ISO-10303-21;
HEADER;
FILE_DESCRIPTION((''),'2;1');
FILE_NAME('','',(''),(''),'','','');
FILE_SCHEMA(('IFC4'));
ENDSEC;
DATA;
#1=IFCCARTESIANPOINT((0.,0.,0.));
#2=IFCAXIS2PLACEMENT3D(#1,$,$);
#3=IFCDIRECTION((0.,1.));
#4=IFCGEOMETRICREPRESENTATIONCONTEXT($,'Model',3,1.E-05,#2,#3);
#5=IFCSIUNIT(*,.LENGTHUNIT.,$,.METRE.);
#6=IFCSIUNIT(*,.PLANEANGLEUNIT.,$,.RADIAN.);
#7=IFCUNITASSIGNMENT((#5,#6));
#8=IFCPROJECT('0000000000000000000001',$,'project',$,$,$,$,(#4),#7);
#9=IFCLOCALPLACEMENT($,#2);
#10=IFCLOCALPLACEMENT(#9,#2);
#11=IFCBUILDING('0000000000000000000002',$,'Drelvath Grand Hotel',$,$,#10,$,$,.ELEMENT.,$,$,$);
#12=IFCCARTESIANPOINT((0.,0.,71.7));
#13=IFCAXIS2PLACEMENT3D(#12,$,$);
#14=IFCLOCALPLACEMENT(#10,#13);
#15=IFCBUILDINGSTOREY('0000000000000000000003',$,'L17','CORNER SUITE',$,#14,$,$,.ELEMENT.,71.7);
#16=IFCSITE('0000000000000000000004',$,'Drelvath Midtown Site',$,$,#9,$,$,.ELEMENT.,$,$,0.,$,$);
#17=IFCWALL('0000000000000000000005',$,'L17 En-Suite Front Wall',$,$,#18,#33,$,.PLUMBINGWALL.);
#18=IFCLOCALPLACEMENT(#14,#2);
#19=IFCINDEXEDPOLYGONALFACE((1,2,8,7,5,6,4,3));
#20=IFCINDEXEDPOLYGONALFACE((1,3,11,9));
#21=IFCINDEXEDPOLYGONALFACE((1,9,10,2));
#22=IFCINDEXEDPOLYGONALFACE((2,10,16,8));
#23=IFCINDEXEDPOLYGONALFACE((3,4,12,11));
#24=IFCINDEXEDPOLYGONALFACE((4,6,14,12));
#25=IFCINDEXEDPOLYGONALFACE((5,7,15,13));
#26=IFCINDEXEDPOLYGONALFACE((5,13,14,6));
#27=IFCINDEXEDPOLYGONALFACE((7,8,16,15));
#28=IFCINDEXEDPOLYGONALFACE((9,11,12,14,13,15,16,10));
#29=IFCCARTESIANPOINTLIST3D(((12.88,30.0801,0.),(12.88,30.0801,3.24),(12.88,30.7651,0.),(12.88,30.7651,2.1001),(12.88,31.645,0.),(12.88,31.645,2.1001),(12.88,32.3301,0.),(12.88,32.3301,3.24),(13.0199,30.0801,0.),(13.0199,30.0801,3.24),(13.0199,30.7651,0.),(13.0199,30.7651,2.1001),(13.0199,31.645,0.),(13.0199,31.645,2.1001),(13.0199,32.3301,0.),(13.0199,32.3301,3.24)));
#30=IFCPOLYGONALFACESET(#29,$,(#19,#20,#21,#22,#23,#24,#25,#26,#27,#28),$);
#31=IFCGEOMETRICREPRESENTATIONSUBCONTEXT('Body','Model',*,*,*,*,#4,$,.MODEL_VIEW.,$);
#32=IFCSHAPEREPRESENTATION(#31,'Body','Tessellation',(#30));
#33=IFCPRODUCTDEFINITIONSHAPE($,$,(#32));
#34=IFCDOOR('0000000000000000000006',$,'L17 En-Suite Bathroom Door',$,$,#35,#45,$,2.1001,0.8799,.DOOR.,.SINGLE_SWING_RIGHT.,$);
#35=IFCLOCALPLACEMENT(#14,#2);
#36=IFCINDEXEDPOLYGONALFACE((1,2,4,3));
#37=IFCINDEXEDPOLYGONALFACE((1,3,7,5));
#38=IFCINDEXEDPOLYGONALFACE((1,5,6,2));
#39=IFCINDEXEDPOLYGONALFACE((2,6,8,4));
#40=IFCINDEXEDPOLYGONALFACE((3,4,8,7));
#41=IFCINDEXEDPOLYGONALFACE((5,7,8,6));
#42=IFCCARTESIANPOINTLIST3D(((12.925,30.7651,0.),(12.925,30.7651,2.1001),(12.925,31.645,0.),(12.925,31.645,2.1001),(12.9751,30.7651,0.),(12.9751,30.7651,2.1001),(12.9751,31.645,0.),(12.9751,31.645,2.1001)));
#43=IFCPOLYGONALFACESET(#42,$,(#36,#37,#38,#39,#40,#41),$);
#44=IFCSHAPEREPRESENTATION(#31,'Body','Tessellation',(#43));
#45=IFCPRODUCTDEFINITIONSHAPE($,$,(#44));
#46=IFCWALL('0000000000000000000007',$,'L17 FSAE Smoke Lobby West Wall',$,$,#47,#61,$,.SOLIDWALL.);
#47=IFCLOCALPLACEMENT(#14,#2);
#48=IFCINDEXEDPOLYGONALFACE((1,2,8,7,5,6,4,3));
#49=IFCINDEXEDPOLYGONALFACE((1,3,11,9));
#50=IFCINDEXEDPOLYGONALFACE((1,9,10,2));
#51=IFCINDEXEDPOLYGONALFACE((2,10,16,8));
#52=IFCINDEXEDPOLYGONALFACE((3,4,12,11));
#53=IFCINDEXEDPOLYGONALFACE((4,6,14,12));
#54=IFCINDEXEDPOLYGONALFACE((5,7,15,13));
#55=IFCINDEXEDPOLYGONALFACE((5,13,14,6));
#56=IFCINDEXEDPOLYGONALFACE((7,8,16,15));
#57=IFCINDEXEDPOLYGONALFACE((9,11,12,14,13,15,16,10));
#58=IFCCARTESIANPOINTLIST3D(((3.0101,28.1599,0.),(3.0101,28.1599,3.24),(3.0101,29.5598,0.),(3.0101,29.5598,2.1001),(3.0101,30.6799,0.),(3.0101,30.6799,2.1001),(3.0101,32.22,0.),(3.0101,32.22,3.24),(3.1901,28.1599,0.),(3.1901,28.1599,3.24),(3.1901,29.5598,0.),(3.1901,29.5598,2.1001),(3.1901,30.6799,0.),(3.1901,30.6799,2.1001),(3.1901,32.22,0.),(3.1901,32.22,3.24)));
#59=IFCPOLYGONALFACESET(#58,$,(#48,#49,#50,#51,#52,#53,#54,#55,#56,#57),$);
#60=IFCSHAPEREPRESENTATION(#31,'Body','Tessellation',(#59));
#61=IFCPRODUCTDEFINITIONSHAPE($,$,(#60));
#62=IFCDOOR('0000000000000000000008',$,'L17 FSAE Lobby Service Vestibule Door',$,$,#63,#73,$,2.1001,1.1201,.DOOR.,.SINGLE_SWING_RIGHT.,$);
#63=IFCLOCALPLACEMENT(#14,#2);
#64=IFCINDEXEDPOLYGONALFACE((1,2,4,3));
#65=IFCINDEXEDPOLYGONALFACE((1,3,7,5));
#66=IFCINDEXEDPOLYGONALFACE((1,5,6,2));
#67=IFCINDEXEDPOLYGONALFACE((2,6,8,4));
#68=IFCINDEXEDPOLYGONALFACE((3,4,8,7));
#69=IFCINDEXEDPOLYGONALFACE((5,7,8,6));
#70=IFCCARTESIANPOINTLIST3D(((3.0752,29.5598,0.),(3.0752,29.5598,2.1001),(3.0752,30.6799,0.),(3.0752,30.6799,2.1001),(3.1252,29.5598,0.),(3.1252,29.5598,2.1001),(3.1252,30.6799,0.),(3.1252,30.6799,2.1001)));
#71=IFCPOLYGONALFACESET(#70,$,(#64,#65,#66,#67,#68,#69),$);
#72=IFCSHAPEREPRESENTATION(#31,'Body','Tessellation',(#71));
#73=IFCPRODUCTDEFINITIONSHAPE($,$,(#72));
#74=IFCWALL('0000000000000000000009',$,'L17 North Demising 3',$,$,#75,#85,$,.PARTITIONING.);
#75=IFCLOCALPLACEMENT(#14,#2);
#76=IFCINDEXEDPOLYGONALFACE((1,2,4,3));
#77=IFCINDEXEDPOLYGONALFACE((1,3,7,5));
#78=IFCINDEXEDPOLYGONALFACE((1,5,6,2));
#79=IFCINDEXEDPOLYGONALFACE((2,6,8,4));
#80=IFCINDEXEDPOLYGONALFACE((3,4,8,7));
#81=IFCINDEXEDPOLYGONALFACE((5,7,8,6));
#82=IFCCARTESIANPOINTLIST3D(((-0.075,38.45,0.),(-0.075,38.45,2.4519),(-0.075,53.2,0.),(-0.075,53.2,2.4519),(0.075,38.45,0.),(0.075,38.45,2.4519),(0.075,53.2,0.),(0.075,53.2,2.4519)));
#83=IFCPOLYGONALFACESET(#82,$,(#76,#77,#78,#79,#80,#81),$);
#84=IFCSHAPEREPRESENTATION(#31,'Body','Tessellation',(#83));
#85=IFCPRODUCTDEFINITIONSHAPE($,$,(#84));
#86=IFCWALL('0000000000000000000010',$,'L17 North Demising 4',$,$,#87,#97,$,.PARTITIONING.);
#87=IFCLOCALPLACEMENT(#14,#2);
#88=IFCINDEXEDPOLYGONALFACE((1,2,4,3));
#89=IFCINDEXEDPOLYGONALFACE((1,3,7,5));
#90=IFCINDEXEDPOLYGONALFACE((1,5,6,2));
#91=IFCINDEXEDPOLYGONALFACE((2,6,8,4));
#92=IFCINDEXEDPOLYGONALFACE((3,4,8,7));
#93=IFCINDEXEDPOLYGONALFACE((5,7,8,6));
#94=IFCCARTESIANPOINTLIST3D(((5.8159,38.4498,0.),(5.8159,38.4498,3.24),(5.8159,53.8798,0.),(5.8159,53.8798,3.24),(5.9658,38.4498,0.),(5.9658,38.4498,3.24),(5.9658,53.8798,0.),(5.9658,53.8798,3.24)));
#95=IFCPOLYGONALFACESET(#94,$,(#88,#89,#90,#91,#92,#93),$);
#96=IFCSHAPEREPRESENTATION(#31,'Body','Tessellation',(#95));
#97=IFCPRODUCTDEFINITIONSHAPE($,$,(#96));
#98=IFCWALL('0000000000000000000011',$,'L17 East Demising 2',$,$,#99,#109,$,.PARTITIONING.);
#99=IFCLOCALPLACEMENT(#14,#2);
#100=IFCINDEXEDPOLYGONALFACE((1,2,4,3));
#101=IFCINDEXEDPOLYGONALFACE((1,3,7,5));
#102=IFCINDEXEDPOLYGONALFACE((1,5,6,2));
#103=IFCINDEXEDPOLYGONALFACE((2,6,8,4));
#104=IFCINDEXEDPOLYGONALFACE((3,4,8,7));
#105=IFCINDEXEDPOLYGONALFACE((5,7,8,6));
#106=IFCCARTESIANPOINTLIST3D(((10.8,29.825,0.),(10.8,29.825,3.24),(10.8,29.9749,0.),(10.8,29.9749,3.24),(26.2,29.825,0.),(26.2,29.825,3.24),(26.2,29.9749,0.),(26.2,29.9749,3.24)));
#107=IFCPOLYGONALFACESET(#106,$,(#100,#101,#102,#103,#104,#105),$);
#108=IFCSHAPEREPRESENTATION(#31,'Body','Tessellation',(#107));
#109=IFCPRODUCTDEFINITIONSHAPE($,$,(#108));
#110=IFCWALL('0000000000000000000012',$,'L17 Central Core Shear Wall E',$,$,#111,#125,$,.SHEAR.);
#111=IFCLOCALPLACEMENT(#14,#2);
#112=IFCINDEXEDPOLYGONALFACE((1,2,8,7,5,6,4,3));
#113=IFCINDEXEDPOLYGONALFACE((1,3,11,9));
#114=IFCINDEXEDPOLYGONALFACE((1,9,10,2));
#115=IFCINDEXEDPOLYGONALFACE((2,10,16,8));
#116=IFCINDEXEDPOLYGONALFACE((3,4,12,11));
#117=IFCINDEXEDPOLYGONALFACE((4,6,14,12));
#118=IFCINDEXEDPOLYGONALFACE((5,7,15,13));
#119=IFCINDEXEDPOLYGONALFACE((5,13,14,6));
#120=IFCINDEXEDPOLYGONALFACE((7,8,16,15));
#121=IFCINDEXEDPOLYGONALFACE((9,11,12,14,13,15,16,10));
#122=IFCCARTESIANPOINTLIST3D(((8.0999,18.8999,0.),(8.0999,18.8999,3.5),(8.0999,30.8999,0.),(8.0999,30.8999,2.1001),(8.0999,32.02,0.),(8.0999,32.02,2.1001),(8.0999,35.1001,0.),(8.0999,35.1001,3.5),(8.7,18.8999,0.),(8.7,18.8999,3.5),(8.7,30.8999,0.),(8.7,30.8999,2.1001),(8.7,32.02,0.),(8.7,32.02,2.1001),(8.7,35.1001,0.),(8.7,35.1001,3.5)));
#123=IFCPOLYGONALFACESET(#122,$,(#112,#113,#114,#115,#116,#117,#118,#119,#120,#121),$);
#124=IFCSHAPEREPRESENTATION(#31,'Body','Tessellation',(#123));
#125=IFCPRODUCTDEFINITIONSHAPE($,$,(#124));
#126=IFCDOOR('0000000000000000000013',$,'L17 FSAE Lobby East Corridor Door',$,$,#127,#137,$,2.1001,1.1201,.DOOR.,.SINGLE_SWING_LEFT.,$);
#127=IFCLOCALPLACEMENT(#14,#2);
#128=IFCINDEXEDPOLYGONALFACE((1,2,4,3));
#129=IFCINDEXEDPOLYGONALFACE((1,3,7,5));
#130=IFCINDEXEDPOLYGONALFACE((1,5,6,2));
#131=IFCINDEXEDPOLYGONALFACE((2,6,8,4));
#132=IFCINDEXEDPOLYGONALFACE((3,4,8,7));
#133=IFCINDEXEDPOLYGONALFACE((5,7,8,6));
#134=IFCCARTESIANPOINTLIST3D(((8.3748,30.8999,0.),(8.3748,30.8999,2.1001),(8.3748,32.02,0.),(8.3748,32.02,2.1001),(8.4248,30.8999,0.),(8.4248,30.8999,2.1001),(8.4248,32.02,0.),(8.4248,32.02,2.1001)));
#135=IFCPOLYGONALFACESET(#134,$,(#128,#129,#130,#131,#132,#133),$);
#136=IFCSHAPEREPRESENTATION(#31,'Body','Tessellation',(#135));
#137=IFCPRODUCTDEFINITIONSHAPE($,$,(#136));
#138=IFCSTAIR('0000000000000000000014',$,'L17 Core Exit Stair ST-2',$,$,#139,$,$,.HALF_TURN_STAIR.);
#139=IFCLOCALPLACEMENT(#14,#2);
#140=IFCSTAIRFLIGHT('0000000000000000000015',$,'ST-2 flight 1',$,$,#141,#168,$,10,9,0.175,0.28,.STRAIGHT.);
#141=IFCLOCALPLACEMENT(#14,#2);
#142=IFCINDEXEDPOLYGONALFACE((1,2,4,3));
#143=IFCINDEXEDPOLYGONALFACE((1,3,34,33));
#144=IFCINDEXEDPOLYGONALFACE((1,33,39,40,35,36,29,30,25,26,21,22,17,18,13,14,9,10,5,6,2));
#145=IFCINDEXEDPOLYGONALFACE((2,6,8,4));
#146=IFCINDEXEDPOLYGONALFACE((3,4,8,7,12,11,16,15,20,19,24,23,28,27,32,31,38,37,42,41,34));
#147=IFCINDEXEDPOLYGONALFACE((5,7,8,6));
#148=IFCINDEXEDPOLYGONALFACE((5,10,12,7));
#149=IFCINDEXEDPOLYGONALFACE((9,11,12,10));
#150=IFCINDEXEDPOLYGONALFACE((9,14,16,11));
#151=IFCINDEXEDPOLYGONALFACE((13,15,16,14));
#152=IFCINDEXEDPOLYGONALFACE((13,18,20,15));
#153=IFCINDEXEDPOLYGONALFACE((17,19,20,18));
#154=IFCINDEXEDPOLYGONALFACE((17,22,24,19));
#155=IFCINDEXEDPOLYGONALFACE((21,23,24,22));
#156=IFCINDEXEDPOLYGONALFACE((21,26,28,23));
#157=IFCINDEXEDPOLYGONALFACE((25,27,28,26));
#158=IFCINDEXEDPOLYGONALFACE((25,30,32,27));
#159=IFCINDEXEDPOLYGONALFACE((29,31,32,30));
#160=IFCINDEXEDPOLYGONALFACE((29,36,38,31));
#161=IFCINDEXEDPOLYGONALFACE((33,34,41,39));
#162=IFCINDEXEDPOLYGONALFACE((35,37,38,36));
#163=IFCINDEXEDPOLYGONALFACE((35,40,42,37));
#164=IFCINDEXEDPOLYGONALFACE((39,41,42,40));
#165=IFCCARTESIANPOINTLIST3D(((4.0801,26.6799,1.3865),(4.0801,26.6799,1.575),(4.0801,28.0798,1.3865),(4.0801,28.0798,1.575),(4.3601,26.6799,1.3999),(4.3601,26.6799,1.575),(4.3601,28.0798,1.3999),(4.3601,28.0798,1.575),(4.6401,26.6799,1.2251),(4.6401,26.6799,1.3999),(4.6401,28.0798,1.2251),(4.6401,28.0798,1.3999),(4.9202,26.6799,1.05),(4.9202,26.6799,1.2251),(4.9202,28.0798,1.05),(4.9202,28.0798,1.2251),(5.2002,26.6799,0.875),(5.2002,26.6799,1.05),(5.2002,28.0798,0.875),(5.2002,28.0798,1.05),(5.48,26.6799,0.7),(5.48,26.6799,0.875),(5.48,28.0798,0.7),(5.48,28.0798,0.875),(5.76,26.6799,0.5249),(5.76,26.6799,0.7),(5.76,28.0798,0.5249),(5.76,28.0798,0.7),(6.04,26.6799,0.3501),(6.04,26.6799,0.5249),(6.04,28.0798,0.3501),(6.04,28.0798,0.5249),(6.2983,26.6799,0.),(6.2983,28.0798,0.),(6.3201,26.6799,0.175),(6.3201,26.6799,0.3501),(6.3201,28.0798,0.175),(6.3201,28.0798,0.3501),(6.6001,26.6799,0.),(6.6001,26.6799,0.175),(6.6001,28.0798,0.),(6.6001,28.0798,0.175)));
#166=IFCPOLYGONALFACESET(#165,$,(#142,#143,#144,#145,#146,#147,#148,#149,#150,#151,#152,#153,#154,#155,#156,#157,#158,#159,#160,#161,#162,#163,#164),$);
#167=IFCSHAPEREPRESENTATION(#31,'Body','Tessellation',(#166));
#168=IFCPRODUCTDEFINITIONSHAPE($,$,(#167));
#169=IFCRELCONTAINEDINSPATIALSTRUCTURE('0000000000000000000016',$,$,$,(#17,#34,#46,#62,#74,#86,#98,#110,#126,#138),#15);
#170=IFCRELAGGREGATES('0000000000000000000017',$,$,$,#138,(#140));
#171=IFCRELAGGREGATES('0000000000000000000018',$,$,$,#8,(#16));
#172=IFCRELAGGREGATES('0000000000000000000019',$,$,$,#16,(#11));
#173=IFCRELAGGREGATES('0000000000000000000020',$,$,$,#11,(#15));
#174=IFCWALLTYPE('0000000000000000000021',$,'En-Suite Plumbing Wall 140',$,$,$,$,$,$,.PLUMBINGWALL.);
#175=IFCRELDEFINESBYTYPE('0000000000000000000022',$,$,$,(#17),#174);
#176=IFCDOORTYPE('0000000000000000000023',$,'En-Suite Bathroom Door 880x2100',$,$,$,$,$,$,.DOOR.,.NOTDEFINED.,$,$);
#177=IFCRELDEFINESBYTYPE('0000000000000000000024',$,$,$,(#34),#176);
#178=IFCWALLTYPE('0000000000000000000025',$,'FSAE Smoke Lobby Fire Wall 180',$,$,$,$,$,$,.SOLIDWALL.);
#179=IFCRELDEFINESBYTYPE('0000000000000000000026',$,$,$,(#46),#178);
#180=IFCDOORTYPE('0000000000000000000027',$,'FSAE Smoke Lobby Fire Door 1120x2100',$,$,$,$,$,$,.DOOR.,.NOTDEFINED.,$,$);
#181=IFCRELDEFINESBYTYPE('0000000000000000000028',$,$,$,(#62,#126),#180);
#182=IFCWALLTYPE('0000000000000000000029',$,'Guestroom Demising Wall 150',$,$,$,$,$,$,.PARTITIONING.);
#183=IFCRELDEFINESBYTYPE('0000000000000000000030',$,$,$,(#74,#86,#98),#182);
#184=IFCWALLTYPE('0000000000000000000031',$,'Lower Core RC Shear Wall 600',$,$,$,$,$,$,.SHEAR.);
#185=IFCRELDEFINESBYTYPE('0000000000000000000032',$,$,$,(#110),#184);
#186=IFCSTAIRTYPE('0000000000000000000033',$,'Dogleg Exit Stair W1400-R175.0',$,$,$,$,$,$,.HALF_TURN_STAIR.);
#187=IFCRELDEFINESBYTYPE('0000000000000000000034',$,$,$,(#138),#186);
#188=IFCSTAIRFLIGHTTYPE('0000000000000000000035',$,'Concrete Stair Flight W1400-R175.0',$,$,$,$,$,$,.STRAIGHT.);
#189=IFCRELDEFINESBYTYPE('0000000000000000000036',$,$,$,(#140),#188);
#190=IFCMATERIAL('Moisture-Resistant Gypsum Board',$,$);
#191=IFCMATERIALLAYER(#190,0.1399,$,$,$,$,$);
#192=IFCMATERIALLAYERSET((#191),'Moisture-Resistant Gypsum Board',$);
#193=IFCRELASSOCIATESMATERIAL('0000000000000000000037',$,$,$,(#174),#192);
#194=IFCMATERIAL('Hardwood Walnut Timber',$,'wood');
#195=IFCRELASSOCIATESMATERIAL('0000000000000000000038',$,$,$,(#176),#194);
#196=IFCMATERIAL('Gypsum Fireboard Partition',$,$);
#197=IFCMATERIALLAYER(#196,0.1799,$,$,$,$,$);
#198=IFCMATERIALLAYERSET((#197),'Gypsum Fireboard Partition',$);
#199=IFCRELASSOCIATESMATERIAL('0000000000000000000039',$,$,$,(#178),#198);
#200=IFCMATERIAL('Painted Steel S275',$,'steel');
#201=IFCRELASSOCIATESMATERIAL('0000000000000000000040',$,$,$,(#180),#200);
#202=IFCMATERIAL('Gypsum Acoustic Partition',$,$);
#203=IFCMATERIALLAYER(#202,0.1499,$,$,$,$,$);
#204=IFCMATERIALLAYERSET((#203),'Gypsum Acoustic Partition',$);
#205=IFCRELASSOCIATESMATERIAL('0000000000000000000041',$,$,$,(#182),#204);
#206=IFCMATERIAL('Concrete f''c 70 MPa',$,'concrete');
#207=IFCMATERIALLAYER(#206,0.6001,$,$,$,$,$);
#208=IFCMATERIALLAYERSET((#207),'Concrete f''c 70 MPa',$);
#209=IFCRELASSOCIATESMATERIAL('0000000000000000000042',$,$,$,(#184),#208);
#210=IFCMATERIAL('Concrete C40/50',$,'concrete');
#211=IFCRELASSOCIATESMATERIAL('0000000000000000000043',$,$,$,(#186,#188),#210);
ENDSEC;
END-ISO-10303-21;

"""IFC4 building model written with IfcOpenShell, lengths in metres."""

from ifc_helpers import new_model, si_unit, direction, frame, frame_2d, origin, place, context, subcontext, project, spatial, polyline, rectangle, outline, extrude, material, layer, layer_set, type_object, element, fill, aggregate, save


model = new_model("IFC4")

# Units and contexts
model_context = context("Model", 3, precision=1e-05, world=origin(), true_north=direction((0.0, 1.0)))
body_context = subcontext(model_context, "Body", "Model", "MODEL_VIEW")
ifc_project = project(units=[si_unit("LENGTHUNIT", "METRE"), si_unit("PLANEANGLEUNIT", "RADIAN")], contexts=[model_context])

# Site, building, storey
site_placement = place(None, origin())
site = spatial("IfcSite", under=ifc_project, at=site_placement, Name="Drelvath Midtown Site", CompositionType="ELEMENT", RefElevation=0.0)
building_placement = place(site_placement, origin())
building = spatial("IfcBuilding", under=site, at=building_placement, Name="Drelvath Grand Hotel", CompositionType="ELEMENT")
storey_placement = place(building_placement, frame((0.0, 0.0, 71.7)))
storey = spatial("IfcBuildingStorey", under=building, at=storey_placement, Name="L17", Description="CORNER SUITE", CompositionType="ELEMENT", Elevation=71.7)

# Shared definitions
ifc_material_1 = material(Name="Concrete f'c 70 MPa", Category="concrete")

# Shared definitions
ifc_material_2 = material(Name="Concrete C40/50", Category="concrete")

# Shared definitions
ifc_material_3 = material(Name="Painted Steel S275", Category="steel")

# Shared definitions
ifc_material_4 = material(Name="Gypsum Fireboard Partition")
ifc_material_5 = material(Name="Moisture-Resistant Gypsum Board")
ifc_layer_1 = layer(ifc_material_5, 0.1399)
ifc_layer_set_1 = layer_set([ifc_layer_1], Name="Moisture-Resistant Gypsum Board")
wall_type_1 = type_object("IfcWallType", Name="En-Suite Plumbing Wall 140", PredefinedType="PLUMBINGWALL", material=ifc_layer_set_1)

# Walls, openings, doors
wall_1_placement = place(storey_placement, frame((12.95, 30.0801, 0.0), z_axis=(0.0, 0.0, 1.0), x_axis=(0.0, 1.0, 0.0)))
wall_1 = element("IfcWall", 1, at=wall_1_placement, inside=storey, type_object=wall_type_1, Name="L17 En-Suite Front Wall", PredefinedType="PLUMBINGWALL", context=body_context, shape_type="SweptSolid", body=[
    extrude(rectangle(XDim=2.25, YDim=0.1399, at=frame_2d((1.125, 0.0))), origin(), (0.0, 0.0, 1.0), 3.24),
])
opening_1_placement = place(wall_1_placement, frame((0.6851, 0.0, 0.0)))
opening_1 = element("IfcOpeningElement", 2, at=opening_1_placement, cuts=wall_1, PredefinedType="OPENING", context=body_context, shape_type="SweptSolid", body=[
    extrude(rectangle(XDim=0.8799, YDim=2.1001, at=frame_2d((0.4399, 1.05))), frame((0.0, 0.0798, 0.0), z_axis=(0.0, -1.0, 0.0), x_axis=(1.0, 0.0, 0.0)), (0.0, 0.0, 1.0), 0.1599),
])
ifc_material_6 = material(Name="Hardwood Walnut Timber", Category="wood")
door_type_1 = type_object("IfcDoorType", Name="En-Suite Bathroom Door 880x2100", OperationType="NOTDEFINED", PredefinedType="DOOR", material=ifc_material_6)
door_1_placement = place(opening_1_placement, origin())
door_1 = element("IfcDoor", 3, at=door_1_placement, inside=storey, type_object=door_type_1, Name="L17 En-Suite Bathroom Door", OperationType="SINGLE_SWING_RIGHT", OverallHeight=2.1001, OverallWidth=0.8799, PredefinedType="DOOR", context=body_context, shape_type="SweptSolid", body=[
    extrude(rectangle(XDim=0.8799, YDim=2.1001, at=frame_2d((0.4399, 1.05))), frame((0.0, 0.0249, 0.0), z_axis=(0.0, -1.0, 0.0), x_axis=(1.0, 0.0, 0.0)), (0.0, 0.0, 1.0), 0.05),
])
fill(opening_1, door_1)
ifc_layer_2 = layer(ifc_material_4, 0.1799)
ifc_layer_set_2 = layer_set([ifc_layer_2], Name="Gypsum Fireboard Partition")
wall_type_2 = type_object("IfcWallType", Name="FSAE Smoke Lobby Fire Wall 180", PredefinedType="SOLIDWALL", material=ifc_layer_set_2)
wall_2_placement = place(storey_placement, frame((3.1001, 28.1599, 0.0), z_axis=(0.0, 0.0, 1.0), x_axis=(0.0, 1.0, 0.0)))
wall_2 = element("IfcWall", 4, at=wall_2_placement, inside=storey, type_object=wall_type_2, Name="L17 FSAE Smoke Lobby West Wall", PredefinedType="SOLIDWALL", context=body_context, shape_type="SweptSolid", body=[
    extrude(rectangle(XDim=4.0601, YDim=0.1799, at=frame_2d((2.03, 0.0))), origin(), (0.0, 0.0, 1.0), 3.24),
])
opening_2_placement = place(wall_2_placement, frame((1.3999, 0.0, 0.0)))
opening_2 = element("IfcOpeningElement", 5, at=opening_2_placement, cuts=wall_2, PredefinedType="OPENING", context=body_context, shape_type="SweptSolid", body=[
    extrude(rectangle(XDim=1.1201, YDim=2.1001, at=frame_2d((0.5601, 1.05))), frame((0.0, 0.0999, 0.0), z_axis=(0.0, -1.0, 0.0), x_axis=(1.0, 0.0, 0.0)), (0.0, 0.0, 1.0), 0.2),
])
door_type_2 = type_object("IfcDoorType", Name="FSAE Smoke Lobby Fire Door 1120x2100", OperationType="NOTDEFINED", PredefinedType="DOOR", material=ifc_material_3)
door_2_placement = place(opening_2_placement, origin())
door_2 = element("IfcDoor", 6, at=door_2_placement, inside=storey, type_object=door_type_2, Name="L17 FSAE Lobby Service Vestibule Door", OperationType="SINGLE_SWING_RIGHT", OverallHeight=2.1001, OverallWidth=1.1201, PredefinedType="DOOR", context=body_context, shape_type="SweptSolid", body=[
    extrude(rectangle(XDim=1.1201, YDim=2.1001, at=frame_2d((0.5601, 1.05))), frame((0.0, 0.0249, 0.0), z_axis=(0.0, -1.0, 0.0), x_axis=(1.0, 0.0, 0.0)), (0.0, 0.0, 1.0), 0.05),
])
fill(opening_2, door_2)

# Walls
ifc_material_7 = material(Name="Gypsum Acoustic Partition")
ifc_layer_3 = layer(ifc_material_7, 0.1499)
ifc_layer_set_3 = layer_set([ifc_layer_3], Name="Gypsum Acoustic Partition")
wall_type_3 = type_object("IfcWallType", Name="Guestroom Demising Wall 150", PredefinedType="PARTITIONING", material=ifc_layer_set_3)
wall_3_placement = place(storey_placement, frame((0.0, 38.45, 0.0), z_axis=(0.0, 0.0, 1.0), x_axis=(0.0, 1.0, 0.0)))
element("IfcWall", 7, at=wall_3_placement, inside=storey, type_object=wall_type_3, Name="L17 North Demising 3", PredefinedType="PARTITIONING", context=body_context, shape_type="SweptSolid", body=[
    extrude(rectangle(XDim=14.75, YDim=0.1499, at=frame_2d((7.375, 0.0))), origin(), (0.0, 0.0, 1.0), 2.4519),
])
wall_4_placement = place(storey_placement, frame((5.8909, 38.45, 0.0), z_axis=(0.0, 0.0, 1.0), x_axis=(0.0, 1.0, 0.0)))
element("IfcWall", 8, at=wall_4_placement, inside=storey, type_object=wall_type_3, Name="L17 North Demising 4", PredefinedType="PARTITIONING", context=body_context, shape_type="SweptSolid", body=[
    extrude(rectangle(XDim=15.4299, YDim=0.1499, at=frame_2d((7.7148, 0.0))), origin(), (0.0, 0.0, 1.0), 3.24),
])
wall_5_placement = place(storey_placement, frame((10.8, 29.8999, 0.0), z_axis=(0.0, 0.0, 1.0), x_axis=(1.0, 0.0, 0.0)))
element("IfcWall", 9, at=wall_5_placement, inside=storey, type_object=wall_type_3, Name="L17 East Demising 2", PredefinedType="PARTITIONING", context=body_context, shape_type="SweptSolid", body=[
    extrude(rectangle(XDim=15.3999, YDim=0.1499, at=frame_2d((7.7, 0.0))), origin(), (0.0, 0.0, 1.0), 3.24),
])

# Wall, opening, door
ifc_layer_4 = layer(ifc_material_1, 0.6001)
ifc_layer_set_4 = layer_set([ifc_layer_4], Name="Concrete f'c 70 MPa")
wall_type_4 = type_object("IfcWallType", Name="Lower Core RC Shear Wall 600", PredefinedType="SHEAR", material=ifc_layer_set_4)
wall_6_placement = place(storey_placement, frame((8.3999, 35.1001, 0.0), z_axis=(0.0, 0.0, 1.0), x_axis=(0.0, -1.0, 0.0)))
wall_6 = element("IfcWall", 10, at=wall_6_placement, inside=storey, type_object=wall_type_4, Name="L17 Central Core Shear Wall E", PredefinedType="SHEAR", context=body_context, shape_type="SweptSolid", body=[
    extrude(rectangle(XDim=16.2002, YDim=0.6001, at=frame_2d((8.1001, 0.0))), origin(), (0.0, 0.0, 1.0), 3.5),
])
opening_3_placement = place(wall_6_placement, frame((3.0801, 0.0, 0.0)))
opening_3 = element("IfcOpeningElement", 11, at=opening_3_placement, cuts=wall_6, PredefinedType="OPENING", context=body_context, shape_type="SweptSolid", body=[
    extrude(rectangle(XDim=1.1201, YDim=2.1001, at=frame_2d((0.5601, 1.05))), frame((0.0, 0.3101, 0.0), z_axis=(0.0, -1.0, 0.0), x_axis=(1.0, 0.0, 0.0)), (0.0, 0.0, 1.0), 0.6201),
])
door_3_placement = place(opening_3_placement, origin())
door_3 = element("IfcDoor", 12, at=door_3_placement, inside=storey, type_object=door_type_2, Name="L17 FSAE Lobby East Corridor Door", OperationType="SINGLE_SWING_LEFT", OverallHeight=2.1001, OverallWidth=1.1201, PredefinedType="DOOR", context=body_context, shape_type="SweptSolid", body=[
    extrude(rectangle(XDim=1.1201, YDim=2.1001, at=frame_2d((0.5601, 1.05))), frame((0.0, 0.0249, 0.0), z_axis=(0.0, -1.0, 0.0), x_axis=(1.0, 0.0, 0.0)), (0.0, 0.0, 1.0), 0.05),
])
fill(opening_3, door_3)

# Stair, stair flight
stair_type = type_object("IfcStairType", Name="Dogleg Exit Stair W1400-R175.0", PredefinedType="HALF_TURN_STAIR", material=ifc_material_2)
stair_placement = place(storey_placement, origin())
stair = element("IfcStair", 13, at=stair_placement, inside=storey, type_object=stair_type, Name="L17 Core Exit Stair ST-2", PredefinedType="HALF_TURN_STAIR")
stair_flight_type = type_object("IfcStairFlightType", Name="Concrete Stair Flight W1400-R175.0", PredefinedType="STRAIGHT", material=ifc_material_2)
stair_flight_placement = place(storey_placement, frame((6.6001, 27.3799, 0.0), z_axis=(0.0, 0.0, 1.0), x_axis=(-1.0, 0.0, 0.0)))
stair_flight = element("IfcStairFlight", 14, at=stair_flight_placement, type_object=stair_flight_type, Name="ST-2 flight 1", NumberOfRisers=10, NumberOfTreads=9, PredefinedType="STRAIGHT", RiserHeight=0.175, TreadLength=0.28, context=body_context, shape_type="SweptSolid", body=[
    extrude(outline(polyline([(0.0, 0.0), (0.0, 0.175), (0.28, 0.175), (0.28, 0.3501), (0.5601, 0.3501), (0.5601, 0.5249), (0.8401, 0.5249), (0.8401, 0.7), (1.1201, 0.7), (1.1201, 0.875), (1.3999, 0.875), (1.3999, 1.05), (1.6799, 1.05), (1.6799, 1.2251), (1.96, 1.2251), (1.96, 1.3999), (2.24, 1.3999), (2.24, 1.575), (2.52, 1.575), (2.52, 1.75), (2.52, 1.3865), (0.3018, 0.0), (0.0, 0.0)])), frame((0.0, 0.7, 0.0), z_axis=(0.0, -1.0, 0.0), x_axis=(1.0, 0.0, 0.0)), (0.0, 0.0, 1.0), 1.3999),
])
aggregate(stair, [stair_flight])

save(model, "model.ifc")
